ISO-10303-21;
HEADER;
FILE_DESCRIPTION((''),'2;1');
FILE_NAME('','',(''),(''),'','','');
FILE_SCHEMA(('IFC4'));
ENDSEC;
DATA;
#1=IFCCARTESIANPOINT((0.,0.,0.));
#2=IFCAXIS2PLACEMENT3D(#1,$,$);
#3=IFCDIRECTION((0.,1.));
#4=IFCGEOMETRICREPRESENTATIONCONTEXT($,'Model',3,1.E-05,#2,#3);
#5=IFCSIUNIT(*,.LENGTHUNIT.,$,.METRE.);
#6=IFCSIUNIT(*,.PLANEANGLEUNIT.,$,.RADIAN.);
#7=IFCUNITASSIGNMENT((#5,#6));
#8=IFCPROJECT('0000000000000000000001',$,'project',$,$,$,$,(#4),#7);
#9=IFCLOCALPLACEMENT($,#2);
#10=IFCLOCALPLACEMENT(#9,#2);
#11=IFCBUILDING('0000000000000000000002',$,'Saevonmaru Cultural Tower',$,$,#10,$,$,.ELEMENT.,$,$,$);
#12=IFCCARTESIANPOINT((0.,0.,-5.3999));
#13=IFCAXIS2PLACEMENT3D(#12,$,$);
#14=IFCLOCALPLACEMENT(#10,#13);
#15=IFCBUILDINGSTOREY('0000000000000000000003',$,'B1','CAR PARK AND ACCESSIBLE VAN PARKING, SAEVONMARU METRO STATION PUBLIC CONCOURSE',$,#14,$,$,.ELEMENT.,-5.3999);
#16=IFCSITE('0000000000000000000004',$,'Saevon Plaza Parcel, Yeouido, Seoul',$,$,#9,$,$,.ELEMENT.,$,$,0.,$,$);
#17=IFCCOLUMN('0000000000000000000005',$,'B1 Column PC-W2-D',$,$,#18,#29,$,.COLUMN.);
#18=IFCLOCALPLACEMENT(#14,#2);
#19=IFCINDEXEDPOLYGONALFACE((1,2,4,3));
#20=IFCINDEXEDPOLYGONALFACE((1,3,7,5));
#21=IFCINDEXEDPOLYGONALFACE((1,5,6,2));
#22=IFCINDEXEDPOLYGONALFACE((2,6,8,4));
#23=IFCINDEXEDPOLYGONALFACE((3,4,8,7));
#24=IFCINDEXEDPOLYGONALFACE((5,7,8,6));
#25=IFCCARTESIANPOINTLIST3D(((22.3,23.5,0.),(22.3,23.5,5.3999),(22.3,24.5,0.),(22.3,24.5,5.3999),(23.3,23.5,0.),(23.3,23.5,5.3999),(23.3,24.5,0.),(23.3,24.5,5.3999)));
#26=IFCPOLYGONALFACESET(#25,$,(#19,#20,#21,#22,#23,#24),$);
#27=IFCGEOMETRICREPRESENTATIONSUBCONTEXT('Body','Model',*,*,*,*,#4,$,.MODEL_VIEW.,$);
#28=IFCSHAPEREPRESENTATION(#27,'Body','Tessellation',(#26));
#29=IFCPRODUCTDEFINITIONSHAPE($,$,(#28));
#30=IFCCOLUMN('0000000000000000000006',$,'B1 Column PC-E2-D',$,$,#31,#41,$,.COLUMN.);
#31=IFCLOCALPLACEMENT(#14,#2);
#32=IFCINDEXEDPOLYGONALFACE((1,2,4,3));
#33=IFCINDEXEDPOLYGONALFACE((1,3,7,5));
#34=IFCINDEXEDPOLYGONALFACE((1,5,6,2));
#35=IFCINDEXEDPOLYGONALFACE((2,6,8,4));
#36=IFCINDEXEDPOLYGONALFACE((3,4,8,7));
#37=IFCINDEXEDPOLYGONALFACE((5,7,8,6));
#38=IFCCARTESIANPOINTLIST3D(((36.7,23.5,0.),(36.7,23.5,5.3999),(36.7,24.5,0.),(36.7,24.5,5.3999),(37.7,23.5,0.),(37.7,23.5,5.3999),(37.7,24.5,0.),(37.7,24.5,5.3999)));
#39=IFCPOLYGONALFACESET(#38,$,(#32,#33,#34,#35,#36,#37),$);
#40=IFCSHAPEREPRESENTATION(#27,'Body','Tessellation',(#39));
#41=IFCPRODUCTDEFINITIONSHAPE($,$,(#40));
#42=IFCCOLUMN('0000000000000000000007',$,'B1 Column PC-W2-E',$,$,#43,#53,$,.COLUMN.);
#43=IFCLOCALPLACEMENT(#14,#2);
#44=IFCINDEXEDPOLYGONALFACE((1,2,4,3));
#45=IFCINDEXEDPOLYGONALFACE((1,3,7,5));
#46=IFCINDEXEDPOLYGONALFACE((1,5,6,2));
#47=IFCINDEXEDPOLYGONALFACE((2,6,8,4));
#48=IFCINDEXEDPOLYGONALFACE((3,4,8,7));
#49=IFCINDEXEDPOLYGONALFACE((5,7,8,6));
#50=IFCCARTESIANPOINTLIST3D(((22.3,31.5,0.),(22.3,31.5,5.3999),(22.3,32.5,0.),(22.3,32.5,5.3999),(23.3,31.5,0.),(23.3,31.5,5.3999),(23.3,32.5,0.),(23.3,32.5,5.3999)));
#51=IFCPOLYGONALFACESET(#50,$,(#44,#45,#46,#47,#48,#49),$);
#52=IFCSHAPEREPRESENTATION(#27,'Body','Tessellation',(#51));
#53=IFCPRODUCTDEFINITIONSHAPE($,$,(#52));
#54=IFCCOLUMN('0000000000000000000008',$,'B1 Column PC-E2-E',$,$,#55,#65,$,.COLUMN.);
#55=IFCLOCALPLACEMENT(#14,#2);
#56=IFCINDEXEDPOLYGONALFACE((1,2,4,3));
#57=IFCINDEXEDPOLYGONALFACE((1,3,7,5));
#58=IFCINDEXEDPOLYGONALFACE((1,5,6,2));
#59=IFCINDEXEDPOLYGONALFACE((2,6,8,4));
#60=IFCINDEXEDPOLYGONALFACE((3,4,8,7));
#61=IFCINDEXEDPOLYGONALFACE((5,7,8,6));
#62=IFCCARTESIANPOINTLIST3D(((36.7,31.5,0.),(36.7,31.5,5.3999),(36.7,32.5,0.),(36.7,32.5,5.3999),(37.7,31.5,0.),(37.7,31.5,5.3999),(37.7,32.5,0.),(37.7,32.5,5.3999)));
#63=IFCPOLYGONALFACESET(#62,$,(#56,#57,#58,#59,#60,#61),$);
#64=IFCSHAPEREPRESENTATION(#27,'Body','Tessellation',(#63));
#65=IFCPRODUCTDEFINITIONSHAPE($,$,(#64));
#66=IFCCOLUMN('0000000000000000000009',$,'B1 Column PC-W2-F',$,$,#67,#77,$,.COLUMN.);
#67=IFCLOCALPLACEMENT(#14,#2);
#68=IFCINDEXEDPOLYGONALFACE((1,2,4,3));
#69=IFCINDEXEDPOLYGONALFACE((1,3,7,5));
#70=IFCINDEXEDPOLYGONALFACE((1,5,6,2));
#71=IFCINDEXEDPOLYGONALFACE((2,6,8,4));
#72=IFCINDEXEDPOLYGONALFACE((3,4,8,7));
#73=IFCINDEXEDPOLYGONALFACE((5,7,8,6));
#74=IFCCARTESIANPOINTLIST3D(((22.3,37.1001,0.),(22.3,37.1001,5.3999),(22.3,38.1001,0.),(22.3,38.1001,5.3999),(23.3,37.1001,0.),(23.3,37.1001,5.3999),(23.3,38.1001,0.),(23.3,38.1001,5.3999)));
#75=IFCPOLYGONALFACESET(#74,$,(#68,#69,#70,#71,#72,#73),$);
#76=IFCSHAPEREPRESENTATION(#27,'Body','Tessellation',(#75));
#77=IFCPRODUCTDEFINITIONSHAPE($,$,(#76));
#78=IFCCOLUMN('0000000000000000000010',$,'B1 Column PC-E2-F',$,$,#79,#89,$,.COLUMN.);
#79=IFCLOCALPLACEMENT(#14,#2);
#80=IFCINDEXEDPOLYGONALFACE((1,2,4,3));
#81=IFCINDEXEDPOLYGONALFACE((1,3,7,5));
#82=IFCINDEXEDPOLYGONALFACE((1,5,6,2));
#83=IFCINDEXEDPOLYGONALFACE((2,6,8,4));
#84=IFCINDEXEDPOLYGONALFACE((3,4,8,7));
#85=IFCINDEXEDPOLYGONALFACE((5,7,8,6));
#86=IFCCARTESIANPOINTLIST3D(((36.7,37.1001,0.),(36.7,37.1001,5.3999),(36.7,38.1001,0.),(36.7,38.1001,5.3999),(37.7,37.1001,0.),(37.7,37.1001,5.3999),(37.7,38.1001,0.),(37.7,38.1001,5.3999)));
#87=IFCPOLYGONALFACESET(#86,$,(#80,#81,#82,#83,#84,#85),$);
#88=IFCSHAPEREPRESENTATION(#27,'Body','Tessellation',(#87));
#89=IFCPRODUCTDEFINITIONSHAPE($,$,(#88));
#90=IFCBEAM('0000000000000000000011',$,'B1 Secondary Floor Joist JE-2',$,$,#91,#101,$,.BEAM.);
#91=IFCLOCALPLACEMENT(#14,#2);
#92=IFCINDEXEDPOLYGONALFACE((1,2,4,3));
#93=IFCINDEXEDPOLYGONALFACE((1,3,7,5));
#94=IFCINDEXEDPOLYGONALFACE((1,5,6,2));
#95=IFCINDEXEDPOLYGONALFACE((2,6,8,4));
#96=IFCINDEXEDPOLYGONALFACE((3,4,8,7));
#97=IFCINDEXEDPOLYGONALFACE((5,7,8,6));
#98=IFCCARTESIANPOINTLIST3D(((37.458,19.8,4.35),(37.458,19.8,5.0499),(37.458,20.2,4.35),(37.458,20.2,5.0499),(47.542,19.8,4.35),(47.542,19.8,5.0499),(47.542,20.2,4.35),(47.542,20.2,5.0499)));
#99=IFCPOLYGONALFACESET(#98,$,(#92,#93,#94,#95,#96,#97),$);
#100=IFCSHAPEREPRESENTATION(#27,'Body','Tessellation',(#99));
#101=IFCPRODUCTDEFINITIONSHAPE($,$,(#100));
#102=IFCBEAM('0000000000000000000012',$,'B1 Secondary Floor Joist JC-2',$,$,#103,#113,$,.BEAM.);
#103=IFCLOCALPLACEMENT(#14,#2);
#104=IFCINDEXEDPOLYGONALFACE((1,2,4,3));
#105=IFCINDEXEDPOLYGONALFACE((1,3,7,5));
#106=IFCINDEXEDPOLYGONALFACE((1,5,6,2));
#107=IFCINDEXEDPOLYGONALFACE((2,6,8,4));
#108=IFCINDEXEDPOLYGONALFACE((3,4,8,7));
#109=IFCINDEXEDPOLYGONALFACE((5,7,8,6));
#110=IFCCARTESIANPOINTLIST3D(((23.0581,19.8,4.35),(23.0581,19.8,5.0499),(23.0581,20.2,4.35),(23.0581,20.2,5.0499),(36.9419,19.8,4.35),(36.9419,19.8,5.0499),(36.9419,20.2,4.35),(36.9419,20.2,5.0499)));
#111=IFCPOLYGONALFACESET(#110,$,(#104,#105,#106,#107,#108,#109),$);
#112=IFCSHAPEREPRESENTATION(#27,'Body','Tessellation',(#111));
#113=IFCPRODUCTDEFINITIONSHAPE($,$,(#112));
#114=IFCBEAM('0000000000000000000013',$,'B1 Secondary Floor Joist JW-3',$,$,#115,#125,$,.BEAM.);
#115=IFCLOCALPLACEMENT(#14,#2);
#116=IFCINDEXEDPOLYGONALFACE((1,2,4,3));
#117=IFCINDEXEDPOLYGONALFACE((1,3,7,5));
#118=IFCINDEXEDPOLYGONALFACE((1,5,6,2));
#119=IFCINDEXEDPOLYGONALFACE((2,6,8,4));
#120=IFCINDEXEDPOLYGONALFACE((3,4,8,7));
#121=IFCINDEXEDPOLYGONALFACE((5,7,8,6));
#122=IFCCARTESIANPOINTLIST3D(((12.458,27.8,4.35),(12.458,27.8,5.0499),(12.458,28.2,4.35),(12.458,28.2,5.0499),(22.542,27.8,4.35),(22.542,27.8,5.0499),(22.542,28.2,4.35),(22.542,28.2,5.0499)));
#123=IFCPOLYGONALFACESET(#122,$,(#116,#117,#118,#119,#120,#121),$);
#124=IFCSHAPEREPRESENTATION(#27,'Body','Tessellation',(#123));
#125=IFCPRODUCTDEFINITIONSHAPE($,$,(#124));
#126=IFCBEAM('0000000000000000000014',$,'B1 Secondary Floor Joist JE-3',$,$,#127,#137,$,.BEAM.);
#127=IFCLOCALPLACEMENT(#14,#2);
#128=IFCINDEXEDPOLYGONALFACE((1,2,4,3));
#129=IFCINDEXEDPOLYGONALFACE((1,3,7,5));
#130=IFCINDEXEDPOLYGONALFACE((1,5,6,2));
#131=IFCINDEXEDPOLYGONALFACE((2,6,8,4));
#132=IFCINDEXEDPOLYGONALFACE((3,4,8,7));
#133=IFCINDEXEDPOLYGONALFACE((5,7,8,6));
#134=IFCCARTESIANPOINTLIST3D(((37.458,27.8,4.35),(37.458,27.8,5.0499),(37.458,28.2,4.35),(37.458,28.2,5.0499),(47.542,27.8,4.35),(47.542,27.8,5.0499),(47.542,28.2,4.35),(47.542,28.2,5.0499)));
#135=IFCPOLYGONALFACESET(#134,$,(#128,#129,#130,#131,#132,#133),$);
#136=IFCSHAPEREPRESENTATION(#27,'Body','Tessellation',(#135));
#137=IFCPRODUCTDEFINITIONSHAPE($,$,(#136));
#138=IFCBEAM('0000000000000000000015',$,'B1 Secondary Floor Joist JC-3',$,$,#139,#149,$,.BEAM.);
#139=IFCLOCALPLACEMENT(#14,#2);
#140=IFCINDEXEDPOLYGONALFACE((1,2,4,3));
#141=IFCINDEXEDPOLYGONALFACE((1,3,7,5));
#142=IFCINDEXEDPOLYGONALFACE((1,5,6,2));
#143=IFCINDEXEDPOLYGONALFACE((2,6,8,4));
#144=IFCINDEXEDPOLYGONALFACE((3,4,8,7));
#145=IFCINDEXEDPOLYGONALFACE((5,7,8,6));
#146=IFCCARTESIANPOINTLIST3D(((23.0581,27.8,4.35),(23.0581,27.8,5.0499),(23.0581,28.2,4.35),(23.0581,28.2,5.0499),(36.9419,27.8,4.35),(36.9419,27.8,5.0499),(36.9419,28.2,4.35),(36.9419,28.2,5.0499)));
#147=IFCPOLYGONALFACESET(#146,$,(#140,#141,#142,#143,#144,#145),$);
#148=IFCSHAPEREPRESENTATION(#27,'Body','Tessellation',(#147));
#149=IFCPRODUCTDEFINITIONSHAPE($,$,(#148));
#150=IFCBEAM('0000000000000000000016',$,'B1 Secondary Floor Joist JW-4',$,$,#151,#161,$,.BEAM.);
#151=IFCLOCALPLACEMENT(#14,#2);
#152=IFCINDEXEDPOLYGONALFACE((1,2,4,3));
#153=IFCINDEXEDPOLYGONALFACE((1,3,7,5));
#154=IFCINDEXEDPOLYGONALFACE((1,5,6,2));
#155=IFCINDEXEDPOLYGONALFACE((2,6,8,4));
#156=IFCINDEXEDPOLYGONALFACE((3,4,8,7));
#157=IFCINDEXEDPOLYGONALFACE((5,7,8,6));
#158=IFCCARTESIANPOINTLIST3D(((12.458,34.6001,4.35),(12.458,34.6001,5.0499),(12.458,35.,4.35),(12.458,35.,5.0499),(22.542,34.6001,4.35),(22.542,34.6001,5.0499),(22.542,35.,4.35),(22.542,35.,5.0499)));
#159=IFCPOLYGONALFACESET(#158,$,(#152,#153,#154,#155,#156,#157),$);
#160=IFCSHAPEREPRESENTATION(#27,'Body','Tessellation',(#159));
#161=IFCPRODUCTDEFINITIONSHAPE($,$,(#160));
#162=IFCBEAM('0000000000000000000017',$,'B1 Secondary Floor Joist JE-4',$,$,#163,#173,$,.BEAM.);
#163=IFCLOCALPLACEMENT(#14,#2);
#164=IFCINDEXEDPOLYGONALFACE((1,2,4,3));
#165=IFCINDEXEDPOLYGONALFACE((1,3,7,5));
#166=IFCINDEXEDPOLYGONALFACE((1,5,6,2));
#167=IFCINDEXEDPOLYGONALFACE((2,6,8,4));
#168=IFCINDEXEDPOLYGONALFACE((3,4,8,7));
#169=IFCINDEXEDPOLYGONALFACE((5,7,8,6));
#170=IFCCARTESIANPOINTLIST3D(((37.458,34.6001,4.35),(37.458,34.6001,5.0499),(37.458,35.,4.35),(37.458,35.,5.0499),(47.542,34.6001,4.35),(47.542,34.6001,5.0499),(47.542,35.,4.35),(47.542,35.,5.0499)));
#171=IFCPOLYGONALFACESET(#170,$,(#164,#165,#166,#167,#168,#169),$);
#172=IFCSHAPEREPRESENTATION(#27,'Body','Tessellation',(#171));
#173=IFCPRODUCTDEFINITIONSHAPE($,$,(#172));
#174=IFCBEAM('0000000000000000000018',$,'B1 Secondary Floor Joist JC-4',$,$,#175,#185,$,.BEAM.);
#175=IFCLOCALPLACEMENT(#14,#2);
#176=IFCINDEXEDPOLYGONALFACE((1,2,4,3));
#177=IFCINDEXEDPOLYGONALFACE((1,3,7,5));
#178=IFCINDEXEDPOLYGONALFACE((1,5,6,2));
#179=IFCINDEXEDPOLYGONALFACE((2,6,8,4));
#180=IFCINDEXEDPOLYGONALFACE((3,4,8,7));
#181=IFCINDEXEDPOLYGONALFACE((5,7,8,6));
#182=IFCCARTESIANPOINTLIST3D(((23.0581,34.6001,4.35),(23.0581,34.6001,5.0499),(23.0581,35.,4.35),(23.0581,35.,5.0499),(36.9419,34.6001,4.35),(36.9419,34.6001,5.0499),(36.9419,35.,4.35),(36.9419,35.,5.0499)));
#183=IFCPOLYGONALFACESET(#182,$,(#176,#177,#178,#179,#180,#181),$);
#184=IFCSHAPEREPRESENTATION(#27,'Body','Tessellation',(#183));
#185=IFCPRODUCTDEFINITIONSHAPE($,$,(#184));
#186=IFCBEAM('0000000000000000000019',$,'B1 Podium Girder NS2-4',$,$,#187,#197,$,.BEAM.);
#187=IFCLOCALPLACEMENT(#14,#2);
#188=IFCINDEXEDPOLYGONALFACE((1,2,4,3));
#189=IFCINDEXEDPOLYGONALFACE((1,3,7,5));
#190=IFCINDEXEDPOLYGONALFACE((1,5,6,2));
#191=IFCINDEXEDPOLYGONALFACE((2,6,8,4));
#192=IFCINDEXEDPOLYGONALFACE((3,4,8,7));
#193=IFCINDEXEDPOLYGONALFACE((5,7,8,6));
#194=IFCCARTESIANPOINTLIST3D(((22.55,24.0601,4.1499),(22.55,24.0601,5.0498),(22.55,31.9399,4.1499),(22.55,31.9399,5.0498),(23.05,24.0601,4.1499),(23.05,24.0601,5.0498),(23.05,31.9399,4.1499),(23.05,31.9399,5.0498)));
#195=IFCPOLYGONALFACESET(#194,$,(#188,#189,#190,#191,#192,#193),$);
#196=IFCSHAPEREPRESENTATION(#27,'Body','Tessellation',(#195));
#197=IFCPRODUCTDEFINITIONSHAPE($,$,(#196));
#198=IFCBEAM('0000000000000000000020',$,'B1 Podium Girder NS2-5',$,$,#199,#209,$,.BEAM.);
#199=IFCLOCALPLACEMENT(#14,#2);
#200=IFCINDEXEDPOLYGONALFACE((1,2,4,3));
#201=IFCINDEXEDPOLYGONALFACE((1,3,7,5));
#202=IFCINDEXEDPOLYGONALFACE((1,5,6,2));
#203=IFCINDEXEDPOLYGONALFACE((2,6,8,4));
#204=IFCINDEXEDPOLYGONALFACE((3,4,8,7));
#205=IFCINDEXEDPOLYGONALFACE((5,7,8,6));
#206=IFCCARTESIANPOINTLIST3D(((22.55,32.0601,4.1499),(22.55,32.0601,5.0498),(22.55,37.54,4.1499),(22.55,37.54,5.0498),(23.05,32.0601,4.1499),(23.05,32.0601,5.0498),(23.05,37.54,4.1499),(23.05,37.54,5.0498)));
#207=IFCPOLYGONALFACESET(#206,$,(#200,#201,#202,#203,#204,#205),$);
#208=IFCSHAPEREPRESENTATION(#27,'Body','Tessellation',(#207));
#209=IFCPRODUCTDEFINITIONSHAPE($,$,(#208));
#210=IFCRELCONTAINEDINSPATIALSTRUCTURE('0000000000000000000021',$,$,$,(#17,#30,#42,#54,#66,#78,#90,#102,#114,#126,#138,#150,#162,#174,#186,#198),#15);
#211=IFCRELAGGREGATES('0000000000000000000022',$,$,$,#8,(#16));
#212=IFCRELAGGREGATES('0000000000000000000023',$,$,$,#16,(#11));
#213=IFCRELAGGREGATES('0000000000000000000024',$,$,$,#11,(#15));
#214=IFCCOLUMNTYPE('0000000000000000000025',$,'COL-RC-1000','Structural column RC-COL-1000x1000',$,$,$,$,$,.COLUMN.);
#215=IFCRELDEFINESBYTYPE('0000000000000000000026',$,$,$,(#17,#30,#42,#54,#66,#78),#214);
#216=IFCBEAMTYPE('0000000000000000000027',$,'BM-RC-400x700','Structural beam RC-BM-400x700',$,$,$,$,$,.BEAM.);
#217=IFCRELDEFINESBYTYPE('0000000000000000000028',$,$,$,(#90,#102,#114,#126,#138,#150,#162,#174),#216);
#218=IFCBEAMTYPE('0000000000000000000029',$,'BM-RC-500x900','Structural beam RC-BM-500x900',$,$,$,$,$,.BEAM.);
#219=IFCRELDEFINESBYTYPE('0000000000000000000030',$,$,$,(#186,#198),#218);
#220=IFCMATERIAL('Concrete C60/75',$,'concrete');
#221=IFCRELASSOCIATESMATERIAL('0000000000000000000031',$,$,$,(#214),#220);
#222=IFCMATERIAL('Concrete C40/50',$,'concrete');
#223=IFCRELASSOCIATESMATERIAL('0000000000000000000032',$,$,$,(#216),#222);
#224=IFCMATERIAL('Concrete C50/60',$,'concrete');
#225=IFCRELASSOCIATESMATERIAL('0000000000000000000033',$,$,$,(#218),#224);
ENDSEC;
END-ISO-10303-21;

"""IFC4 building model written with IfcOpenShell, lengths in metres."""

from ifc_helpers import new_model, si_unit, direction, frame, origin, origin_2d, place, context, subcontext, project, spatial, rectangle, extrude, material, material_profile, profile_set, type_object, element, save


model = new_model("IFC4")

# Units and contexts
model_context = context("Model", 3, precision=1e-05, world=origin(), true_north=direction((0.0, 1.0)))
body_context = subcontext(model_context, "Body", "Model", "MODEL_VIEW")
ifc_project = project(units=[si_unit("LENGTHUNIT", "METRE"), si_unit("PLANEANGLEUNIT", "RADIAN")], contexts=[model_context])

# Site, building, storey
site_placement = place(None, origin())
site = spatial("IfcSite", under=ifc_project, at=site_placement, Name="Saevon Plaza Parcel, Yeouido, Seoul", CompositionType="ELEMENT", RefElevation=0.0)
building_placement = place(site_placement, origin())
building = spatial("IfcBuilding", under=site, at=building_placement, Name="Saevonmaru Cultural Tower", CompositionType="ELEMENT")
storey_placement = place(building_placement, frame((0.0, 0.0, -5.3999)))
storey = spatial("IfcBuildingStorey", under=building, at=storey_placement, Name="B1", Description="CAR PARK AND ACCESSIBLE VAN PARKING, SAEVONMARU METRO STATION PUBLIC CONCOURSE", CompositionType="ELEMENT", Elevation=-5.3999)

# Columns
ifc_material_1 = material(Name="Concrete C60/75", Category="concrete")
ifc_material_profile_1 = material_profile(ifc_material_1, rectangle(XDim=1.0, YDim=1.0, at=origin_2d()), Name="RC-COL-1000x1000")
ifc_profile_set_1 = profile_set([ifc_material_profile_1], Name="Concrete C60/75")
column_type = type_object("IfcColumnType", Name="COL-RC-1000", Description="Structural column RC-COL-1000x1000", PredefinedType="COLUMN", material=ifc_profile_set_1)
for number, where, z_axis, x_axis, name in (
    (1, (22.8, 24.0, 0.0), (0.0, 0.0, 1.0), (1.0, 0.0, 0.0), "B1 Column PC-W2-D"),
    (2, (37.2, 24.0, 0.0), (0.0, 0.0, 1.0), (1.0, 0.0, 0.0), "B1 Column PC-E2-D"),
    (3, (22.8, 32.0, 0.0), (0.0, 0.0, 1.0), (1.0, 0.0, 0.0), "B1 Column PC-W2-E"),
    (4, (37.2, 32.0, 0.0), (0.0, 0.0, 1.0), (1.0, 0.0, 0.0), "B1 Column PC-E2-E"),
    (5, (22.8, 37.6001, 0.0), (0.0, 0.0, 1.0), (1.0, 0.0, 0.0), "B1 Column PC-W2-F"),
    (6, (37.2, 37.6001, 0.0), (0.0, 0.0, 1.0), (1.0, 0.0, 0.0), "B1 Column PC-E2-F"),
):
    element("IfcColumn", number, at=place(storey_placement, frame(where, z_axis=z_axis, x_axis=x_axis)), inside=storey, type_object=column_type, Name=name, PredefinedType="COLUMN", context=body_context, shape_type="SweptSolid", body=[
        extrude(rectangle(XDim=1.0, YDim=1.0, at=origin_2d()), origin(), (0.0, 0.0, 1.0), 5.3999),
    ])

# Beams
ifc_material_2 = material(Name="Concrete C40/50", Category="concrete")
ifc_material_profile_2 = material_profile(ifc_material_2, rectangle(XDim=0.3999, YDim=0.7, at=origin_2d()), Name="RC-BM-400x700")
ifc_profile_set_2 = profile_set([ifc_material_profile_2], Name="Concrete C40/50")
beam_type_1 = type_object("IfcBeamType", Name="BM-RC-400x700", Description="Structural beam RC-BM-400x700", PredefinedType="BEAM", material=ifc_profile_set_2)
beam_1_placement = place(storey_placement, frame((37.458, 20.0, 4.7), z_axis=(1.0, 0.0, 0.0), x_axis=(0.0, 1.0, 0.0)))
element("IfcBeam", 7, at=beam_1_placement, inside=storey, type_object=beam_type_1, Name="B1 Secondary Floor Joist JE-2", PredefinedType="BEAM", context=body_context, shape_type="SweptSolid", body=[
    extrude(rectangle(XDim=0.3999, YDim=0.7, at=origin_2d()), origin(), (0.0, 0.0, 1.0), 10.084),
])
beam_2_placement = place(storey_placement, frame((23.0581, 20.0, 4.7), z_axis=(1.0, 0.0, 0.0), x_axis=(0.0, 1.0, 0.0)))
element("IfcBeam", 8, at=beam_2_placement, inside=storey, type_object=beam_type_1, Name="B1 Secondary Floor Joist JC-2", PredefinedType="BEAM", context=body_context, shape_type="SweptSolid", body=[
    extrude(rectangle(XDim=0.3999, YDim=0.7, at=origin_2d()), origin(), (0.0, 0.0, 1.0), 13.8838),
])
for number, where, z_axis, x_axis, name in (
    (9, (12.458, 28.0, 4.7), (1.0, 0.0, 0.0), (0.0, 1.0, 0.0), "B1 Secondary Floor Joist JW-3"),
    (10, (37.458, 28.0, 4.7), (1.0, 0.0, 0.0), (0.0, 1.0, 0.0), "B1 Secondary Floor Joist JE-3"),
):
    element("IfcBeam", number, at=place(storey_placement, frame(where, z_axis=z_axis, x_axis=x_axis)), inside=storey, type_object=beam_type_1, Name=name, PredefinedType="BEAM", context=body_context, shape_type="SweptSolid", body=[
        extrude(rectangle(XDim=0.3999, YDim=0.7, at=origin_2d()), origin(), (0.0, 0.0, 1.0), 10.084),
    ])
beam_3_placement = place(storey_placement, frame((23.0581, 28.0, 4.7), z_axis=(1.0, 0.0, 0.0), x_axis=(0.0, 1.0, 0.0)))
element("IfcBeam", 11, at=beam_3_placement, inside=storey, type_object=beam_type_1, Name="B1 Secondary Floor Joist JC-3", PredefinedType="BEAM", context=body_context, shape_type="SweptSolid", body=[
    extrude(rectangle(XDim=0.3999, YDim=0.7, at=origin_2d()), origin(), (0.0, 0.0, 1.0), 13.8838),
])
for number, where, z_axis, x_axis, name in (
    (12, (12.458, 34.8, 4.7), (1.0, 0.0, 0.0), (0.0, 1.0, 0.0), "B1 Secondary Floor Joist JW-4"),
    (13, (37.458, 34.8, 4.7), (1.0, 0.0, 0.0), (0.0, 1.0, 0.0), "B1 Secondary Floor Joist JE-4"),
):
    element("IfcBeam", number, at=place(storey_placement, frame(where, z_axis=z_axis, x_axis=x_axis)), inside=storey, type_object=beam_type_1, Name=name, PredefinedType="BEAM", context=body_context, shape_type="SweptSolid", body=[
        extrude(rectangle(XDim=0.3999, YDim=0.7, at=origin_2d()), origin(), (0.0, 0.0, 1.0), 10.084),
    ])
beam_4_placement = place(storey_placement, frame((23.0581, 34.8, 4.7), z_axis=(1.0, 0.0, 0.0), x_axis=(0.0, 1.0, 0.0)))
element("IfcBeam", 14, at=beam_4_placement, inside=storey, type_object=beam_type_1, Name="B1 Secondary Floor Joist JC-4", PredefinedType="BEAM", context=body_context, shape_type="SweptSolid", body=[
    extrude(rectangle(XDim=0.3999, YDim=0.7, at=origin_2d()), origin(), (0.0, 0.0, 1.0), 13.8838),
])
ifc_material_3 = material(Name="Concrete C50/60", Category="concrete")
ifc_material_profile_3 = material_profile(ifc_material_3, rectangle(XDim=0.5, YDim=0.8999, at=origin_2d()), Name="RC-BM-500x900")
ifc_profile_set_3 = profile_set([ifc_material_profile_3], Name="Concrete C50/60")
beam_type_2 = type_object("IfcBeamType", Name="BM-RC-500x900", Description="Structural beam RC-BM-500x900", PredefinedType="BEAM", material=ifc_profile_set_3)
beam_5_placement = place(storey_placement, frame((22.8, 24.0601, 4.5999), z_axis=(0.0, 1.0, 0.0), x_axis=(-1.0, 0.0, 0.0)))
element("IfcBeam", 15, at=beam_5_placement, inside=storey, type_object=beam_type_2, Name="B1 Podium Girder NS2-4", PredefinedType="BEAM", context=body_context, shape_type="SweptSolid", body=[
    extrude(rectangle(XDim=0.5, YDim=0.8999, at=origin_2d()), origin(), (0.0, 0.0, 1.0), 7.8799),
])
beam_6_placement = place(storey_placement, frame((22.8, 32.0601, 4.5999), z_axis=(0.0, 1.0, 0.0), x_axis=(-1.0, 0.0, 0.0)))
element("IfcBeam", 16, at=beam_6_placement, inside=storey, type_object=beam_type_2, Name="B1 Podium Girder NS2-5", PredefinedType="BEAM", context=body_context, shape_type="SweptSolid", body=[
    extrude(rectangle(XDim=0.5, YDim=0.8999, at=origin_2d()), origin(), (0.0, 0.0, 1.0), 5.48),
])

save(model, "model.ifc")
